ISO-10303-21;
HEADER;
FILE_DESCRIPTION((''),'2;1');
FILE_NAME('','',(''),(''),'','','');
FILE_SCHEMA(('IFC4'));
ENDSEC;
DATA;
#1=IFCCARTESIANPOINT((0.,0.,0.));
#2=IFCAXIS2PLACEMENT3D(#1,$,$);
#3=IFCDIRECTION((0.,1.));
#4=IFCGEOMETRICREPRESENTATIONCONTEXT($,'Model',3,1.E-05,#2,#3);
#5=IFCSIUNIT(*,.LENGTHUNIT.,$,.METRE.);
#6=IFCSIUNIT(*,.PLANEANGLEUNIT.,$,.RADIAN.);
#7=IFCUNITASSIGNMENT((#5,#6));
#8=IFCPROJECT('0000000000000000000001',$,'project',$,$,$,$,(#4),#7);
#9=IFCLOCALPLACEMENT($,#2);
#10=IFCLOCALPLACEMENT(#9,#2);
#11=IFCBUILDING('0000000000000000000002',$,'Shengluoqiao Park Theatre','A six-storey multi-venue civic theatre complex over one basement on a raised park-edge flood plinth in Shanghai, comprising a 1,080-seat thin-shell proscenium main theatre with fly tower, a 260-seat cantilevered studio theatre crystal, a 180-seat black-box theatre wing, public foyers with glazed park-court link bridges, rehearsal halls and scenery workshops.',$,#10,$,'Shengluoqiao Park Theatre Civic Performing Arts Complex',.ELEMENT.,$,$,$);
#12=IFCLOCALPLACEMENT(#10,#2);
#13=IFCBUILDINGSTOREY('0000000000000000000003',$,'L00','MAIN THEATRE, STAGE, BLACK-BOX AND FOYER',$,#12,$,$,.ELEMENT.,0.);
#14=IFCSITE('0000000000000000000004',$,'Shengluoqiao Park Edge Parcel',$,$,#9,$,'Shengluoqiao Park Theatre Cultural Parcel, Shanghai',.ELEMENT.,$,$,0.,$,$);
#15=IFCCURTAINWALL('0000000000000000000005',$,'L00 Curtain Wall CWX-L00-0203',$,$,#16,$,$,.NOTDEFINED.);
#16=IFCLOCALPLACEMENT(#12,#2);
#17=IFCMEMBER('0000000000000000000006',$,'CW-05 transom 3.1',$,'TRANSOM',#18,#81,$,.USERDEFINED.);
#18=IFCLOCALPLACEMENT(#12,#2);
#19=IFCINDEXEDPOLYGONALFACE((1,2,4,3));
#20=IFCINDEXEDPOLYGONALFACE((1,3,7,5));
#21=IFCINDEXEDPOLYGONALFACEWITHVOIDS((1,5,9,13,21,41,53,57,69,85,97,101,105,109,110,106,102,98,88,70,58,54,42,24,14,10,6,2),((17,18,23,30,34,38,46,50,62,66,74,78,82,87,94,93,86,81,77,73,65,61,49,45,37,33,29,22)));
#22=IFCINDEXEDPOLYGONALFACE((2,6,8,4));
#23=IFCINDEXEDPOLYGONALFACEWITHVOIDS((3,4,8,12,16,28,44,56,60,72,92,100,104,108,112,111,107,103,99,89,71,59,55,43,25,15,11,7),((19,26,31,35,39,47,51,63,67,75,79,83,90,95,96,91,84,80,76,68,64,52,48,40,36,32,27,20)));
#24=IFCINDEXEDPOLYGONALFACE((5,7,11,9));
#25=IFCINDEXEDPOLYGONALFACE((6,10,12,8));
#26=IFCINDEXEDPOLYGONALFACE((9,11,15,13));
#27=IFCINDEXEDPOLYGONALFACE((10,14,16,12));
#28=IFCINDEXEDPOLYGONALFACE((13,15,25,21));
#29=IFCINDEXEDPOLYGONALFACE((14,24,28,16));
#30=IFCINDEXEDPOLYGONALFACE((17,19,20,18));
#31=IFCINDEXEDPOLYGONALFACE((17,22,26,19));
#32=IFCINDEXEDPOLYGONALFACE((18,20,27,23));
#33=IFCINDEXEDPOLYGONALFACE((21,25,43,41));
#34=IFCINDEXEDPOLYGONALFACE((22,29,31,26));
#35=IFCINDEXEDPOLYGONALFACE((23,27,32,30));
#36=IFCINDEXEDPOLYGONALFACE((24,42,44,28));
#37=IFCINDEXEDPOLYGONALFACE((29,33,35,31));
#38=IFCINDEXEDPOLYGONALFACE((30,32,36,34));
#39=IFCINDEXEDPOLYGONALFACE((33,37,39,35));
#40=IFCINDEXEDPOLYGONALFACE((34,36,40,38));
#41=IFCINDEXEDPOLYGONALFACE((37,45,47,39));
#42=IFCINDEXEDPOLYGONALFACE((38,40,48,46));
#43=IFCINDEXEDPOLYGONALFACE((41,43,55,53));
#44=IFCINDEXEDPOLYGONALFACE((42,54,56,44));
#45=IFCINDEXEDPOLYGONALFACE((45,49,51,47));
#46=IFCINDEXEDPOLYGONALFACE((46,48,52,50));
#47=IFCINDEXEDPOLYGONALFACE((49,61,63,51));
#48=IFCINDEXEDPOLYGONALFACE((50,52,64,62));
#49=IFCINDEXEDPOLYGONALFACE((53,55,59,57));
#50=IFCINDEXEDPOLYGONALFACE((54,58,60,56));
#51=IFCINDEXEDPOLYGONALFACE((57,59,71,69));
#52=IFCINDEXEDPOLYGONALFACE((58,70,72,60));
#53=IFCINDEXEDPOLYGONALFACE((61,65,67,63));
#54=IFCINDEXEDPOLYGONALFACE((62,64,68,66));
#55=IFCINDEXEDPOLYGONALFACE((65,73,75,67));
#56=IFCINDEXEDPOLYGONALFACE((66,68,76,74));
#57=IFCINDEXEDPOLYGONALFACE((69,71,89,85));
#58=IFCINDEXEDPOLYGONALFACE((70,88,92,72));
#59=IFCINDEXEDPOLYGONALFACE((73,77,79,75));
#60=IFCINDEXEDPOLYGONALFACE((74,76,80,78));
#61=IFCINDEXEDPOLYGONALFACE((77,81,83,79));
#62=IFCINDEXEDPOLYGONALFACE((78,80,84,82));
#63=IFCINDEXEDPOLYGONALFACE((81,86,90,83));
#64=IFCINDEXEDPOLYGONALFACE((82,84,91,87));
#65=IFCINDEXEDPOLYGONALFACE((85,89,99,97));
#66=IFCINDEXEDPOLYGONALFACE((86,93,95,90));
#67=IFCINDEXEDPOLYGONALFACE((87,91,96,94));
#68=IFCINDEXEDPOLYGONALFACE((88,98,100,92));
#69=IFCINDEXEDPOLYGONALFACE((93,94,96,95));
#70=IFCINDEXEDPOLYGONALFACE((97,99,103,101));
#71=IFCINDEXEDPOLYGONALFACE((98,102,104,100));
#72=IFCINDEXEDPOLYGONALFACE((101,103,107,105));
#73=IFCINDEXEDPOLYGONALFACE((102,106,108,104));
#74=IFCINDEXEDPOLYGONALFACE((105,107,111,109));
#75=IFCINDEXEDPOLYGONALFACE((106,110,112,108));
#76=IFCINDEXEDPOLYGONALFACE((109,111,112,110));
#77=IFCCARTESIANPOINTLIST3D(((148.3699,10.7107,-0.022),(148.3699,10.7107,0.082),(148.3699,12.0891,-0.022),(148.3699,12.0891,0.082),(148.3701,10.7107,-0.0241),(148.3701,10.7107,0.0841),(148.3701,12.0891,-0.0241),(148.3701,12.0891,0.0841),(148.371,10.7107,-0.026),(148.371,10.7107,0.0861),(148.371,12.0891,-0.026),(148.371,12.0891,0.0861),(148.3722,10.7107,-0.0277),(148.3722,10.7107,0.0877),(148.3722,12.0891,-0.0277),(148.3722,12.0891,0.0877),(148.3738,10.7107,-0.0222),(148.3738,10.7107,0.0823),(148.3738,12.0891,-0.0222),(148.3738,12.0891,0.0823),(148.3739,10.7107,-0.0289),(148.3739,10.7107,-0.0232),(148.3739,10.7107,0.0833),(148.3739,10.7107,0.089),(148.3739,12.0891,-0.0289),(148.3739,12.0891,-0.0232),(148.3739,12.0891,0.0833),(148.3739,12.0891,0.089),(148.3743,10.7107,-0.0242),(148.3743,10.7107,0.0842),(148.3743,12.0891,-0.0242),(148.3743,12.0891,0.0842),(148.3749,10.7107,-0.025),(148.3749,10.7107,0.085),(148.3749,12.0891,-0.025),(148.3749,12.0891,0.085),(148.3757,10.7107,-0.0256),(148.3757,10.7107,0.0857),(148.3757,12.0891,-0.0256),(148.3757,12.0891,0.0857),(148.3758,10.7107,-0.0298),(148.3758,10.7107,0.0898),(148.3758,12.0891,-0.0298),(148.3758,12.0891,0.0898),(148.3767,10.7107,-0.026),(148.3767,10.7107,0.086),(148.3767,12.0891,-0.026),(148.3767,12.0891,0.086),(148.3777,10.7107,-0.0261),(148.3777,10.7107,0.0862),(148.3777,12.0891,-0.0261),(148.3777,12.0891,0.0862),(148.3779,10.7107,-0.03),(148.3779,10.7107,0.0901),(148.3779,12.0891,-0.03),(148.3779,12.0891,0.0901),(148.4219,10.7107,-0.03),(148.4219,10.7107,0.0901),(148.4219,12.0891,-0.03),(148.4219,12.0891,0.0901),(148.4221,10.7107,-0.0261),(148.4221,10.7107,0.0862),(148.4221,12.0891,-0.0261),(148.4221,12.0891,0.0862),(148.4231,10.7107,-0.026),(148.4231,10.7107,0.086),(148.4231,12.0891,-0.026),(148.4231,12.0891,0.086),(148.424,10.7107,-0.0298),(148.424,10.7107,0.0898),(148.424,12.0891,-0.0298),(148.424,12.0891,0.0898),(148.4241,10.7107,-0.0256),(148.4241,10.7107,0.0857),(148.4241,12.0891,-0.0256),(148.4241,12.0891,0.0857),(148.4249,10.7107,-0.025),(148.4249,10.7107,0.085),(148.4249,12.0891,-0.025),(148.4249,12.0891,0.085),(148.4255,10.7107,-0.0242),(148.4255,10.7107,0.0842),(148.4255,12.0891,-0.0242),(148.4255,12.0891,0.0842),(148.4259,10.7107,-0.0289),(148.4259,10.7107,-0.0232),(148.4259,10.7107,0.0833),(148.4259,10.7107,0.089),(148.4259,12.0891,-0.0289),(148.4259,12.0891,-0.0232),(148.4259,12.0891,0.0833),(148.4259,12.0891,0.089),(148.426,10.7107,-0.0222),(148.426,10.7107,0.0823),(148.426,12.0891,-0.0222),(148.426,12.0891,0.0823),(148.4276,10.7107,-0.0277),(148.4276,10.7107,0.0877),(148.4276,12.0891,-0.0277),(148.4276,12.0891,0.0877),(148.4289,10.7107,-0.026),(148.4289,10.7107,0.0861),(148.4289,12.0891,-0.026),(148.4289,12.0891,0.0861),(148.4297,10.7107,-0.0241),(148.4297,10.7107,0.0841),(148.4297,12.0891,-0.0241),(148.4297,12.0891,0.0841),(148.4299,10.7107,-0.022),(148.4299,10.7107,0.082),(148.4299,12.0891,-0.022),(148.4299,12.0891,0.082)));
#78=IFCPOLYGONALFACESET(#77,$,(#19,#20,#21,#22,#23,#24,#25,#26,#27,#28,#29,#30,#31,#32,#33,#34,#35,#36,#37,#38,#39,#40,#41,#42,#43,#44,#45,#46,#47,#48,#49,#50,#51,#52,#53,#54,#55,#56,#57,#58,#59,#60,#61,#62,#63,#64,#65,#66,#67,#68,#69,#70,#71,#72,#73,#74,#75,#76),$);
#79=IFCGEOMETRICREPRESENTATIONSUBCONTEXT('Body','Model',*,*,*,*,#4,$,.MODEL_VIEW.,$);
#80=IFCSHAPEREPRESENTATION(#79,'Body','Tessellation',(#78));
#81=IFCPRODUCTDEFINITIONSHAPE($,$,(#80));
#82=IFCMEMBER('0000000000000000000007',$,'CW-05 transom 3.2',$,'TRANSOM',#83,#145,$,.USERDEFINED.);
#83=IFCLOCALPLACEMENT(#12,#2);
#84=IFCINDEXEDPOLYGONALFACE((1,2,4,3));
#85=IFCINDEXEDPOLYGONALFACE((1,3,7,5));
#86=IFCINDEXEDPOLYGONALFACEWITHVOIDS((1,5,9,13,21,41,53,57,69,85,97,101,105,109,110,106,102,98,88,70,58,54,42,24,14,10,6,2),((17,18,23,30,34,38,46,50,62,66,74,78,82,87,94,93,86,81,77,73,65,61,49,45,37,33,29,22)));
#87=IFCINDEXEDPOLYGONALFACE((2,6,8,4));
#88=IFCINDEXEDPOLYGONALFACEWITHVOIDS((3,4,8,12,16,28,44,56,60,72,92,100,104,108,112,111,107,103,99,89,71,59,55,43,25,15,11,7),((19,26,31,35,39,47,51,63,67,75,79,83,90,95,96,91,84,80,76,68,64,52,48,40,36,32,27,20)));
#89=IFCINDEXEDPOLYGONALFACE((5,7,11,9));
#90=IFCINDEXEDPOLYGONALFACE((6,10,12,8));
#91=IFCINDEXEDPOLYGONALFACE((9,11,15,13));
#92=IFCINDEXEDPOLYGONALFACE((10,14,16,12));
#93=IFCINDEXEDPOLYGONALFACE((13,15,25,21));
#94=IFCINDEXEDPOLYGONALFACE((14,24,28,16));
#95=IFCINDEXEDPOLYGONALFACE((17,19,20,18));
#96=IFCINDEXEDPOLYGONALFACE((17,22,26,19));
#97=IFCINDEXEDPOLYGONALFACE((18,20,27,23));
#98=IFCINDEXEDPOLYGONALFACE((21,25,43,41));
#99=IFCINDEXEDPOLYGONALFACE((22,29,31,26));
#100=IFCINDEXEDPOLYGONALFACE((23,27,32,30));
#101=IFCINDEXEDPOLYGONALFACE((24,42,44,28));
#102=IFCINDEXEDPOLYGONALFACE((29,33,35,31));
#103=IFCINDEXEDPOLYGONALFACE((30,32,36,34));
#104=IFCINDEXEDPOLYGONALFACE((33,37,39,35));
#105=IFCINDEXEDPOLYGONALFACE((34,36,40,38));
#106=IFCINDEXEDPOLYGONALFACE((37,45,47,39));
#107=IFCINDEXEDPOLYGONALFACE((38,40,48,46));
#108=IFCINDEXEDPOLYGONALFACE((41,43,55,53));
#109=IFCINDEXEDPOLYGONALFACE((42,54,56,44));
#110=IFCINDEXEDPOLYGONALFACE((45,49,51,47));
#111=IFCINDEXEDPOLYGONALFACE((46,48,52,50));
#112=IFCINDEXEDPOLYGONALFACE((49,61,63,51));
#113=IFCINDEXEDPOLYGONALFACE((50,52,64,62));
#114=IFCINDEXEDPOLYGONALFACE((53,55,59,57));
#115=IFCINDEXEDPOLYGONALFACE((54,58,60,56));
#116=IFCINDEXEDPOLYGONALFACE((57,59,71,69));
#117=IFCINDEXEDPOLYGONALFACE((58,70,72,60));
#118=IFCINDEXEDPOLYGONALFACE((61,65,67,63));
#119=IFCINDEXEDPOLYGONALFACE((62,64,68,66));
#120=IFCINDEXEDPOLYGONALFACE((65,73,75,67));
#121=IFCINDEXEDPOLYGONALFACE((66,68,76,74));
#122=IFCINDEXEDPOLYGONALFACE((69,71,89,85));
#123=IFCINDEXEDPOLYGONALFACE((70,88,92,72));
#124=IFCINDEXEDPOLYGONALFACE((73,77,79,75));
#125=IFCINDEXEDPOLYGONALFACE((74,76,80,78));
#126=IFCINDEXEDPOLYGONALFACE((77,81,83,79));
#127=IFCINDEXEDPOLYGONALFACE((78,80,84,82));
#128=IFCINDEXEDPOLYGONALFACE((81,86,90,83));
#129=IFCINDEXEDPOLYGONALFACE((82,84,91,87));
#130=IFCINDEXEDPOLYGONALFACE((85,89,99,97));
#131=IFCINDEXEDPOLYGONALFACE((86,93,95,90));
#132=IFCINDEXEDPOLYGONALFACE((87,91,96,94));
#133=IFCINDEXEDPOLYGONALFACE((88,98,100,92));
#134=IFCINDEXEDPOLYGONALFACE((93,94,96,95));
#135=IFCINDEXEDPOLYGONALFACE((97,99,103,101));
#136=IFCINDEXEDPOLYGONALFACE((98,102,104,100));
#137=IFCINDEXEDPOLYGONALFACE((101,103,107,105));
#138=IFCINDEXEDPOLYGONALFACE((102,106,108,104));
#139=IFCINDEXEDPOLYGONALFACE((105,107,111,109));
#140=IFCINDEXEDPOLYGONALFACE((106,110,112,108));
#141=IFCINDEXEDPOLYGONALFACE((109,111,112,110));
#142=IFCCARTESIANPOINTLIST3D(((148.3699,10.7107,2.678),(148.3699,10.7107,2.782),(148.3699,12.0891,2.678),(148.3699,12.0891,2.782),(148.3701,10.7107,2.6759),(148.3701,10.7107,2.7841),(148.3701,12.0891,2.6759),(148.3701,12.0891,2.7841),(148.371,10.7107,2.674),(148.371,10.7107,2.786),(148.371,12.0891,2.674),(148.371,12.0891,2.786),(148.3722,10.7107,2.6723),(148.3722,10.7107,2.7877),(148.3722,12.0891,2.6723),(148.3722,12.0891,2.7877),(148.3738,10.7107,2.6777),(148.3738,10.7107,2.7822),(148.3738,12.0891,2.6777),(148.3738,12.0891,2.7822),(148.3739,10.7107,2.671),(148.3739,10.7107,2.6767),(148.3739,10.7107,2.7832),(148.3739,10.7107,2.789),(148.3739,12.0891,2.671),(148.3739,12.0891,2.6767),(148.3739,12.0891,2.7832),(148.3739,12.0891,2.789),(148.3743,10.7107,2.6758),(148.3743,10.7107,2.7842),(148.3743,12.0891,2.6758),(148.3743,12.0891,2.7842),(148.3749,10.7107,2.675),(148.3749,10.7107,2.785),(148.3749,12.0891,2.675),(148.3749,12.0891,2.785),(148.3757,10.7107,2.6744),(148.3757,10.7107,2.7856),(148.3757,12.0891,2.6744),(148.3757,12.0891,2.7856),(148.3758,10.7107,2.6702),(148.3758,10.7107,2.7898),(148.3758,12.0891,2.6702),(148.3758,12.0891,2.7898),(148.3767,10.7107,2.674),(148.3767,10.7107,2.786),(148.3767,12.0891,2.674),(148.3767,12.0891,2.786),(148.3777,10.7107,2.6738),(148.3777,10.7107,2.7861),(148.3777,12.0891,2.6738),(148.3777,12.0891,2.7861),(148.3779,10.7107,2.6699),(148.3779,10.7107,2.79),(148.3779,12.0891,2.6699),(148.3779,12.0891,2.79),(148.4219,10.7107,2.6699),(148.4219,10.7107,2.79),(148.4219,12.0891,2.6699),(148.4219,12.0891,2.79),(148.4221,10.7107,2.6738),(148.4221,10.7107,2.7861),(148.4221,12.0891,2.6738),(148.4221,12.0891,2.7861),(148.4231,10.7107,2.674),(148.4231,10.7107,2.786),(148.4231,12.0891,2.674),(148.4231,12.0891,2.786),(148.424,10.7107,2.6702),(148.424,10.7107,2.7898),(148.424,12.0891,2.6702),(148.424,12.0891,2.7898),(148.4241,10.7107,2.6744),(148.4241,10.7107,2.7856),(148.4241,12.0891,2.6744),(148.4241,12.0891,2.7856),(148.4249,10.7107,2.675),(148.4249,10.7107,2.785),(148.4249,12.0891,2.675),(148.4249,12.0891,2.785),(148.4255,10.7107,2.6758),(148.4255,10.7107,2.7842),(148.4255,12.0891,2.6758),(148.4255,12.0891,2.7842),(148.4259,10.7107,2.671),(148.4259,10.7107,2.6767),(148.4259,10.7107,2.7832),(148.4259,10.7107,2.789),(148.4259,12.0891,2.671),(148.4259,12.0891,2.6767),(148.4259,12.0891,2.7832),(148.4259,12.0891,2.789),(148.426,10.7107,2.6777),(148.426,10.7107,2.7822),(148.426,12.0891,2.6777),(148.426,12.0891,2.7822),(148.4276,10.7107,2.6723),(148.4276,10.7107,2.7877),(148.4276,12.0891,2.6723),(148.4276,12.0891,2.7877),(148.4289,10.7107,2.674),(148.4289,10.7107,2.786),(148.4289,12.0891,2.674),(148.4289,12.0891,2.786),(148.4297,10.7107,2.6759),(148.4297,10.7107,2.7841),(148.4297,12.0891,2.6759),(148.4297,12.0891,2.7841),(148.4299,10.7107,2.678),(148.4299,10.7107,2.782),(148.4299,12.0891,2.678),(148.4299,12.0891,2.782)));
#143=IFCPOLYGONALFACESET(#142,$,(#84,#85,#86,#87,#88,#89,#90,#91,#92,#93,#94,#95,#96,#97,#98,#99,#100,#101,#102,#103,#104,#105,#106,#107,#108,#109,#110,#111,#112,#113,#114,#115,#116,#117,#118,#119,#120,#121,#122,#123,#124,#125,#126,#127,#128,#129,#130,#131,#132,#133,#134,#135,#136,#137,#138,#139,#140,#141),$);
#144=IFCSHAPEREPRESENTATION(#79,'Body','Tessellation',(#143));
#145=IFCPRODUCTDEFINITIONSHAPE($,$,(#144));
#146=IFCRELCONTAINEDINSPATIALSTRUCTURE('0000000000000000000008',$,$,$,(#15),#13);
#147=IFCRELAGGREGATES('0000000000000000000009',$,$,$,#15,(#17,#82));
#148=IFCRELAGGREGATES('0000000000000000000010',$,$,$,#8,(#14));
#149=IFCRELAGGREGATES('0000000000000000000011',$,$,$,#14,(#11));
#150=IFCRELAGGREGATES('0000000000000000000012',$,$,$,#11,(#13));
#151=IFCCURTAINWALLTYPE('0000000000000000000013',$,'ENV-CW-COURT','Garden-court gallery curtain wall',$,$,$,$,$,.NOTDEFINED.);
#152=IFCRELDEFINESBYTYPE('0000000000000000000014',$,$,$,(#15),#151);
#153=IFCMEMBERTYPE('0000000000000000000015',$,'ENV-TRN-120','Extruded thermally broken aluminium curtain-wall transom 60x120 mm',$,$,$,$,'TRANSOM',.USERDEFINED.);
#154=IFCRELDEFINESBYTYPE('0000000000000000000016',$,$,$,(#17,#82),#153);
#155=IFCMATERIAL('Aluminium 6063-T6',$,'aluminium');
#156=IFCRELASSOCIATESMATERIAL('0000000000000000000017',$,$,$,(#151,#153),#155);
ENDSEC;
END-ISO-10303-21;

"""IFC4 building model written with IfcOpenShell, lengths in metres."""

from ifc_helpers import new_model, si_unit, direction, frame, origin, origin_2d, place, context, subcontext, project, spatial, hollow_rectangle, extrude, material, material_profile, profile_set, type_object, element, aggregate, save


model = new_model("IFC4")

# Units and contexts
model_context = context("Model", 3, precision=1e-05, world=origin(), true_north=direction((0.0, 1.0)))
body_context = subcontext(model_context, "Body", "Model", "MODEL_VIEW")
ifc_project = project(units=[si_unit("LENGTHUNIT", "METRE"), si_unit("PLANEANGLEUNIT", "RADIAN")], contexts=[model_context])

# Site, building, storey
site_placement = place(None, origin())
site = spatial("IfcSite", under=ifc_project, at=site_placement, Name="Shengluoqiao Park Edge Parcel", LongName="Shengluoqiao Park Theatre Cultural Parcel, Shanghai", CompositionType="ELEMENT", RefElevation=0.0)
building_placement = place(site_placement, origin())
building = spatial("IfcBuilding", under=site, at=building_placement, Name="Shengluoqiao Park Theatre", Description="A six-storey multi-venue civic theatre complex over one basement on a raised park-edge flood plinth in Shanghai, comprising a 1,080-seat thin-shell proscenium main theatre with fly tower, a 260-seat cantilevered studio theatre crystal, a 180-seat black-box theatre wing, public foyers with glazed park-court link bridges, rehearsal halls and scenery workshops.", LongName="Shengluoqiao Park Theatre Civic Performing Arts Complex", CompositionType="ELEMENT")
storey_placement = place(building_placement, origin())
storey = spatial("IfcBuildingStorey", under=building, at=storey_placement, Name="L00", Description="MAIN THEATRE, STAGE, BLACK-BOX AND FOYER", CompositionType="ELEMENT", Elevation=0.0)

# Curtain wall, members
ifc_material_1 = material(Name="Aluminium 6063-T6", Category="aluminium")
curtain_wall_type = type_object("IfcCurtainWallType", Name="ENV-CW-COURT", Description="Garden-court gallery curtain wall", PredefinedType="NOTDEFINED", material=ifc_material_1)
curtain_wall_placement = place(storey_placement, origin())
curtain_wall = element("IfcCurtainWall", 1, at=curtain_wall_placement, inside=storey, type_object=curtain_wall_type, Name="L00 Curtain Wall CWX-L00-0203", PredefinedType="NOTDEFINED")
ifc_material_profile_1 = material_profile(ifc_material_1, hollow_rectangle(XDim=0.0601, YDim=0.1201, WallThickness=0.0039, InnerFilletRadius=0.0039, OuterFilletRadius=0.0081, at=origin_2d()), Name="ALU TRANSOM 120x60x4")
ifc_profile_set_1 = profile_set([ifc_material_profile_1], Name="Aluminium 6063-T6")
member_type_1 = type_object("IfcMemberType", Name="ENV-TRN-120", Description="Extruded thermally broken aluminium curtain-wall transom 60x120 mm", ElementType="TRANSOM", PredefinedType="USERDEFINED", material=ifc_profile_set_1)
member_1_placement = place(storey_placement, frame((148.3999, 10.7107, 0.03), z_axis=(0.0, 1.0, 0.0), x_axis=(-1.0, 0.0, 0.0)))
member_1 = element("IfcMember", 2, at=member_1_placement, type_object=member_type_1, Name="CW-05 transom 3.1", ObjectType="TRANSOM", PredefinedType="USERDEFINED", context=body_context, shape_type="SweptSolid", body=[
    extrude(hollow_rectangle(XDim=0.0601, YDim=0.1201, WallThickness=0.0039, InnerFilletRadius=0.0039, OuterFilletRadius=0.0081, at=origin_2d()), origin(), (0.0, 0.0, 1.0), 1.3784),
])
member_2_placement = place(storey_placement, frame((148.3999, 10.7107, 2.73), z_axis=(0.0, 1.0, 0.0), x_axis=(-1.0, 0.0, 0.0)))
member_2 = element("IfcMember", 3, at=member_2_placement, type_object=member_type_1, Name="CW-05 transom 3.2", ObjectType="TRANSOM", PredefinedType="USERDEFINED", context=body_context, shape_type="SweptSolid", body=[
    extrude(hollow_rectangle(XDim=0.0601, YDim=0.1201, WallThickness=0.0039, InnerFilletRadius=0.0039, OuterFilletRadius=0.0081, at=origin_2d()), origin(), (0.0, 0.0, 1.0), 1.3784),
])
aggregate(curtain_wall, [member_1, member_2])

save(model, "model.ifc")
